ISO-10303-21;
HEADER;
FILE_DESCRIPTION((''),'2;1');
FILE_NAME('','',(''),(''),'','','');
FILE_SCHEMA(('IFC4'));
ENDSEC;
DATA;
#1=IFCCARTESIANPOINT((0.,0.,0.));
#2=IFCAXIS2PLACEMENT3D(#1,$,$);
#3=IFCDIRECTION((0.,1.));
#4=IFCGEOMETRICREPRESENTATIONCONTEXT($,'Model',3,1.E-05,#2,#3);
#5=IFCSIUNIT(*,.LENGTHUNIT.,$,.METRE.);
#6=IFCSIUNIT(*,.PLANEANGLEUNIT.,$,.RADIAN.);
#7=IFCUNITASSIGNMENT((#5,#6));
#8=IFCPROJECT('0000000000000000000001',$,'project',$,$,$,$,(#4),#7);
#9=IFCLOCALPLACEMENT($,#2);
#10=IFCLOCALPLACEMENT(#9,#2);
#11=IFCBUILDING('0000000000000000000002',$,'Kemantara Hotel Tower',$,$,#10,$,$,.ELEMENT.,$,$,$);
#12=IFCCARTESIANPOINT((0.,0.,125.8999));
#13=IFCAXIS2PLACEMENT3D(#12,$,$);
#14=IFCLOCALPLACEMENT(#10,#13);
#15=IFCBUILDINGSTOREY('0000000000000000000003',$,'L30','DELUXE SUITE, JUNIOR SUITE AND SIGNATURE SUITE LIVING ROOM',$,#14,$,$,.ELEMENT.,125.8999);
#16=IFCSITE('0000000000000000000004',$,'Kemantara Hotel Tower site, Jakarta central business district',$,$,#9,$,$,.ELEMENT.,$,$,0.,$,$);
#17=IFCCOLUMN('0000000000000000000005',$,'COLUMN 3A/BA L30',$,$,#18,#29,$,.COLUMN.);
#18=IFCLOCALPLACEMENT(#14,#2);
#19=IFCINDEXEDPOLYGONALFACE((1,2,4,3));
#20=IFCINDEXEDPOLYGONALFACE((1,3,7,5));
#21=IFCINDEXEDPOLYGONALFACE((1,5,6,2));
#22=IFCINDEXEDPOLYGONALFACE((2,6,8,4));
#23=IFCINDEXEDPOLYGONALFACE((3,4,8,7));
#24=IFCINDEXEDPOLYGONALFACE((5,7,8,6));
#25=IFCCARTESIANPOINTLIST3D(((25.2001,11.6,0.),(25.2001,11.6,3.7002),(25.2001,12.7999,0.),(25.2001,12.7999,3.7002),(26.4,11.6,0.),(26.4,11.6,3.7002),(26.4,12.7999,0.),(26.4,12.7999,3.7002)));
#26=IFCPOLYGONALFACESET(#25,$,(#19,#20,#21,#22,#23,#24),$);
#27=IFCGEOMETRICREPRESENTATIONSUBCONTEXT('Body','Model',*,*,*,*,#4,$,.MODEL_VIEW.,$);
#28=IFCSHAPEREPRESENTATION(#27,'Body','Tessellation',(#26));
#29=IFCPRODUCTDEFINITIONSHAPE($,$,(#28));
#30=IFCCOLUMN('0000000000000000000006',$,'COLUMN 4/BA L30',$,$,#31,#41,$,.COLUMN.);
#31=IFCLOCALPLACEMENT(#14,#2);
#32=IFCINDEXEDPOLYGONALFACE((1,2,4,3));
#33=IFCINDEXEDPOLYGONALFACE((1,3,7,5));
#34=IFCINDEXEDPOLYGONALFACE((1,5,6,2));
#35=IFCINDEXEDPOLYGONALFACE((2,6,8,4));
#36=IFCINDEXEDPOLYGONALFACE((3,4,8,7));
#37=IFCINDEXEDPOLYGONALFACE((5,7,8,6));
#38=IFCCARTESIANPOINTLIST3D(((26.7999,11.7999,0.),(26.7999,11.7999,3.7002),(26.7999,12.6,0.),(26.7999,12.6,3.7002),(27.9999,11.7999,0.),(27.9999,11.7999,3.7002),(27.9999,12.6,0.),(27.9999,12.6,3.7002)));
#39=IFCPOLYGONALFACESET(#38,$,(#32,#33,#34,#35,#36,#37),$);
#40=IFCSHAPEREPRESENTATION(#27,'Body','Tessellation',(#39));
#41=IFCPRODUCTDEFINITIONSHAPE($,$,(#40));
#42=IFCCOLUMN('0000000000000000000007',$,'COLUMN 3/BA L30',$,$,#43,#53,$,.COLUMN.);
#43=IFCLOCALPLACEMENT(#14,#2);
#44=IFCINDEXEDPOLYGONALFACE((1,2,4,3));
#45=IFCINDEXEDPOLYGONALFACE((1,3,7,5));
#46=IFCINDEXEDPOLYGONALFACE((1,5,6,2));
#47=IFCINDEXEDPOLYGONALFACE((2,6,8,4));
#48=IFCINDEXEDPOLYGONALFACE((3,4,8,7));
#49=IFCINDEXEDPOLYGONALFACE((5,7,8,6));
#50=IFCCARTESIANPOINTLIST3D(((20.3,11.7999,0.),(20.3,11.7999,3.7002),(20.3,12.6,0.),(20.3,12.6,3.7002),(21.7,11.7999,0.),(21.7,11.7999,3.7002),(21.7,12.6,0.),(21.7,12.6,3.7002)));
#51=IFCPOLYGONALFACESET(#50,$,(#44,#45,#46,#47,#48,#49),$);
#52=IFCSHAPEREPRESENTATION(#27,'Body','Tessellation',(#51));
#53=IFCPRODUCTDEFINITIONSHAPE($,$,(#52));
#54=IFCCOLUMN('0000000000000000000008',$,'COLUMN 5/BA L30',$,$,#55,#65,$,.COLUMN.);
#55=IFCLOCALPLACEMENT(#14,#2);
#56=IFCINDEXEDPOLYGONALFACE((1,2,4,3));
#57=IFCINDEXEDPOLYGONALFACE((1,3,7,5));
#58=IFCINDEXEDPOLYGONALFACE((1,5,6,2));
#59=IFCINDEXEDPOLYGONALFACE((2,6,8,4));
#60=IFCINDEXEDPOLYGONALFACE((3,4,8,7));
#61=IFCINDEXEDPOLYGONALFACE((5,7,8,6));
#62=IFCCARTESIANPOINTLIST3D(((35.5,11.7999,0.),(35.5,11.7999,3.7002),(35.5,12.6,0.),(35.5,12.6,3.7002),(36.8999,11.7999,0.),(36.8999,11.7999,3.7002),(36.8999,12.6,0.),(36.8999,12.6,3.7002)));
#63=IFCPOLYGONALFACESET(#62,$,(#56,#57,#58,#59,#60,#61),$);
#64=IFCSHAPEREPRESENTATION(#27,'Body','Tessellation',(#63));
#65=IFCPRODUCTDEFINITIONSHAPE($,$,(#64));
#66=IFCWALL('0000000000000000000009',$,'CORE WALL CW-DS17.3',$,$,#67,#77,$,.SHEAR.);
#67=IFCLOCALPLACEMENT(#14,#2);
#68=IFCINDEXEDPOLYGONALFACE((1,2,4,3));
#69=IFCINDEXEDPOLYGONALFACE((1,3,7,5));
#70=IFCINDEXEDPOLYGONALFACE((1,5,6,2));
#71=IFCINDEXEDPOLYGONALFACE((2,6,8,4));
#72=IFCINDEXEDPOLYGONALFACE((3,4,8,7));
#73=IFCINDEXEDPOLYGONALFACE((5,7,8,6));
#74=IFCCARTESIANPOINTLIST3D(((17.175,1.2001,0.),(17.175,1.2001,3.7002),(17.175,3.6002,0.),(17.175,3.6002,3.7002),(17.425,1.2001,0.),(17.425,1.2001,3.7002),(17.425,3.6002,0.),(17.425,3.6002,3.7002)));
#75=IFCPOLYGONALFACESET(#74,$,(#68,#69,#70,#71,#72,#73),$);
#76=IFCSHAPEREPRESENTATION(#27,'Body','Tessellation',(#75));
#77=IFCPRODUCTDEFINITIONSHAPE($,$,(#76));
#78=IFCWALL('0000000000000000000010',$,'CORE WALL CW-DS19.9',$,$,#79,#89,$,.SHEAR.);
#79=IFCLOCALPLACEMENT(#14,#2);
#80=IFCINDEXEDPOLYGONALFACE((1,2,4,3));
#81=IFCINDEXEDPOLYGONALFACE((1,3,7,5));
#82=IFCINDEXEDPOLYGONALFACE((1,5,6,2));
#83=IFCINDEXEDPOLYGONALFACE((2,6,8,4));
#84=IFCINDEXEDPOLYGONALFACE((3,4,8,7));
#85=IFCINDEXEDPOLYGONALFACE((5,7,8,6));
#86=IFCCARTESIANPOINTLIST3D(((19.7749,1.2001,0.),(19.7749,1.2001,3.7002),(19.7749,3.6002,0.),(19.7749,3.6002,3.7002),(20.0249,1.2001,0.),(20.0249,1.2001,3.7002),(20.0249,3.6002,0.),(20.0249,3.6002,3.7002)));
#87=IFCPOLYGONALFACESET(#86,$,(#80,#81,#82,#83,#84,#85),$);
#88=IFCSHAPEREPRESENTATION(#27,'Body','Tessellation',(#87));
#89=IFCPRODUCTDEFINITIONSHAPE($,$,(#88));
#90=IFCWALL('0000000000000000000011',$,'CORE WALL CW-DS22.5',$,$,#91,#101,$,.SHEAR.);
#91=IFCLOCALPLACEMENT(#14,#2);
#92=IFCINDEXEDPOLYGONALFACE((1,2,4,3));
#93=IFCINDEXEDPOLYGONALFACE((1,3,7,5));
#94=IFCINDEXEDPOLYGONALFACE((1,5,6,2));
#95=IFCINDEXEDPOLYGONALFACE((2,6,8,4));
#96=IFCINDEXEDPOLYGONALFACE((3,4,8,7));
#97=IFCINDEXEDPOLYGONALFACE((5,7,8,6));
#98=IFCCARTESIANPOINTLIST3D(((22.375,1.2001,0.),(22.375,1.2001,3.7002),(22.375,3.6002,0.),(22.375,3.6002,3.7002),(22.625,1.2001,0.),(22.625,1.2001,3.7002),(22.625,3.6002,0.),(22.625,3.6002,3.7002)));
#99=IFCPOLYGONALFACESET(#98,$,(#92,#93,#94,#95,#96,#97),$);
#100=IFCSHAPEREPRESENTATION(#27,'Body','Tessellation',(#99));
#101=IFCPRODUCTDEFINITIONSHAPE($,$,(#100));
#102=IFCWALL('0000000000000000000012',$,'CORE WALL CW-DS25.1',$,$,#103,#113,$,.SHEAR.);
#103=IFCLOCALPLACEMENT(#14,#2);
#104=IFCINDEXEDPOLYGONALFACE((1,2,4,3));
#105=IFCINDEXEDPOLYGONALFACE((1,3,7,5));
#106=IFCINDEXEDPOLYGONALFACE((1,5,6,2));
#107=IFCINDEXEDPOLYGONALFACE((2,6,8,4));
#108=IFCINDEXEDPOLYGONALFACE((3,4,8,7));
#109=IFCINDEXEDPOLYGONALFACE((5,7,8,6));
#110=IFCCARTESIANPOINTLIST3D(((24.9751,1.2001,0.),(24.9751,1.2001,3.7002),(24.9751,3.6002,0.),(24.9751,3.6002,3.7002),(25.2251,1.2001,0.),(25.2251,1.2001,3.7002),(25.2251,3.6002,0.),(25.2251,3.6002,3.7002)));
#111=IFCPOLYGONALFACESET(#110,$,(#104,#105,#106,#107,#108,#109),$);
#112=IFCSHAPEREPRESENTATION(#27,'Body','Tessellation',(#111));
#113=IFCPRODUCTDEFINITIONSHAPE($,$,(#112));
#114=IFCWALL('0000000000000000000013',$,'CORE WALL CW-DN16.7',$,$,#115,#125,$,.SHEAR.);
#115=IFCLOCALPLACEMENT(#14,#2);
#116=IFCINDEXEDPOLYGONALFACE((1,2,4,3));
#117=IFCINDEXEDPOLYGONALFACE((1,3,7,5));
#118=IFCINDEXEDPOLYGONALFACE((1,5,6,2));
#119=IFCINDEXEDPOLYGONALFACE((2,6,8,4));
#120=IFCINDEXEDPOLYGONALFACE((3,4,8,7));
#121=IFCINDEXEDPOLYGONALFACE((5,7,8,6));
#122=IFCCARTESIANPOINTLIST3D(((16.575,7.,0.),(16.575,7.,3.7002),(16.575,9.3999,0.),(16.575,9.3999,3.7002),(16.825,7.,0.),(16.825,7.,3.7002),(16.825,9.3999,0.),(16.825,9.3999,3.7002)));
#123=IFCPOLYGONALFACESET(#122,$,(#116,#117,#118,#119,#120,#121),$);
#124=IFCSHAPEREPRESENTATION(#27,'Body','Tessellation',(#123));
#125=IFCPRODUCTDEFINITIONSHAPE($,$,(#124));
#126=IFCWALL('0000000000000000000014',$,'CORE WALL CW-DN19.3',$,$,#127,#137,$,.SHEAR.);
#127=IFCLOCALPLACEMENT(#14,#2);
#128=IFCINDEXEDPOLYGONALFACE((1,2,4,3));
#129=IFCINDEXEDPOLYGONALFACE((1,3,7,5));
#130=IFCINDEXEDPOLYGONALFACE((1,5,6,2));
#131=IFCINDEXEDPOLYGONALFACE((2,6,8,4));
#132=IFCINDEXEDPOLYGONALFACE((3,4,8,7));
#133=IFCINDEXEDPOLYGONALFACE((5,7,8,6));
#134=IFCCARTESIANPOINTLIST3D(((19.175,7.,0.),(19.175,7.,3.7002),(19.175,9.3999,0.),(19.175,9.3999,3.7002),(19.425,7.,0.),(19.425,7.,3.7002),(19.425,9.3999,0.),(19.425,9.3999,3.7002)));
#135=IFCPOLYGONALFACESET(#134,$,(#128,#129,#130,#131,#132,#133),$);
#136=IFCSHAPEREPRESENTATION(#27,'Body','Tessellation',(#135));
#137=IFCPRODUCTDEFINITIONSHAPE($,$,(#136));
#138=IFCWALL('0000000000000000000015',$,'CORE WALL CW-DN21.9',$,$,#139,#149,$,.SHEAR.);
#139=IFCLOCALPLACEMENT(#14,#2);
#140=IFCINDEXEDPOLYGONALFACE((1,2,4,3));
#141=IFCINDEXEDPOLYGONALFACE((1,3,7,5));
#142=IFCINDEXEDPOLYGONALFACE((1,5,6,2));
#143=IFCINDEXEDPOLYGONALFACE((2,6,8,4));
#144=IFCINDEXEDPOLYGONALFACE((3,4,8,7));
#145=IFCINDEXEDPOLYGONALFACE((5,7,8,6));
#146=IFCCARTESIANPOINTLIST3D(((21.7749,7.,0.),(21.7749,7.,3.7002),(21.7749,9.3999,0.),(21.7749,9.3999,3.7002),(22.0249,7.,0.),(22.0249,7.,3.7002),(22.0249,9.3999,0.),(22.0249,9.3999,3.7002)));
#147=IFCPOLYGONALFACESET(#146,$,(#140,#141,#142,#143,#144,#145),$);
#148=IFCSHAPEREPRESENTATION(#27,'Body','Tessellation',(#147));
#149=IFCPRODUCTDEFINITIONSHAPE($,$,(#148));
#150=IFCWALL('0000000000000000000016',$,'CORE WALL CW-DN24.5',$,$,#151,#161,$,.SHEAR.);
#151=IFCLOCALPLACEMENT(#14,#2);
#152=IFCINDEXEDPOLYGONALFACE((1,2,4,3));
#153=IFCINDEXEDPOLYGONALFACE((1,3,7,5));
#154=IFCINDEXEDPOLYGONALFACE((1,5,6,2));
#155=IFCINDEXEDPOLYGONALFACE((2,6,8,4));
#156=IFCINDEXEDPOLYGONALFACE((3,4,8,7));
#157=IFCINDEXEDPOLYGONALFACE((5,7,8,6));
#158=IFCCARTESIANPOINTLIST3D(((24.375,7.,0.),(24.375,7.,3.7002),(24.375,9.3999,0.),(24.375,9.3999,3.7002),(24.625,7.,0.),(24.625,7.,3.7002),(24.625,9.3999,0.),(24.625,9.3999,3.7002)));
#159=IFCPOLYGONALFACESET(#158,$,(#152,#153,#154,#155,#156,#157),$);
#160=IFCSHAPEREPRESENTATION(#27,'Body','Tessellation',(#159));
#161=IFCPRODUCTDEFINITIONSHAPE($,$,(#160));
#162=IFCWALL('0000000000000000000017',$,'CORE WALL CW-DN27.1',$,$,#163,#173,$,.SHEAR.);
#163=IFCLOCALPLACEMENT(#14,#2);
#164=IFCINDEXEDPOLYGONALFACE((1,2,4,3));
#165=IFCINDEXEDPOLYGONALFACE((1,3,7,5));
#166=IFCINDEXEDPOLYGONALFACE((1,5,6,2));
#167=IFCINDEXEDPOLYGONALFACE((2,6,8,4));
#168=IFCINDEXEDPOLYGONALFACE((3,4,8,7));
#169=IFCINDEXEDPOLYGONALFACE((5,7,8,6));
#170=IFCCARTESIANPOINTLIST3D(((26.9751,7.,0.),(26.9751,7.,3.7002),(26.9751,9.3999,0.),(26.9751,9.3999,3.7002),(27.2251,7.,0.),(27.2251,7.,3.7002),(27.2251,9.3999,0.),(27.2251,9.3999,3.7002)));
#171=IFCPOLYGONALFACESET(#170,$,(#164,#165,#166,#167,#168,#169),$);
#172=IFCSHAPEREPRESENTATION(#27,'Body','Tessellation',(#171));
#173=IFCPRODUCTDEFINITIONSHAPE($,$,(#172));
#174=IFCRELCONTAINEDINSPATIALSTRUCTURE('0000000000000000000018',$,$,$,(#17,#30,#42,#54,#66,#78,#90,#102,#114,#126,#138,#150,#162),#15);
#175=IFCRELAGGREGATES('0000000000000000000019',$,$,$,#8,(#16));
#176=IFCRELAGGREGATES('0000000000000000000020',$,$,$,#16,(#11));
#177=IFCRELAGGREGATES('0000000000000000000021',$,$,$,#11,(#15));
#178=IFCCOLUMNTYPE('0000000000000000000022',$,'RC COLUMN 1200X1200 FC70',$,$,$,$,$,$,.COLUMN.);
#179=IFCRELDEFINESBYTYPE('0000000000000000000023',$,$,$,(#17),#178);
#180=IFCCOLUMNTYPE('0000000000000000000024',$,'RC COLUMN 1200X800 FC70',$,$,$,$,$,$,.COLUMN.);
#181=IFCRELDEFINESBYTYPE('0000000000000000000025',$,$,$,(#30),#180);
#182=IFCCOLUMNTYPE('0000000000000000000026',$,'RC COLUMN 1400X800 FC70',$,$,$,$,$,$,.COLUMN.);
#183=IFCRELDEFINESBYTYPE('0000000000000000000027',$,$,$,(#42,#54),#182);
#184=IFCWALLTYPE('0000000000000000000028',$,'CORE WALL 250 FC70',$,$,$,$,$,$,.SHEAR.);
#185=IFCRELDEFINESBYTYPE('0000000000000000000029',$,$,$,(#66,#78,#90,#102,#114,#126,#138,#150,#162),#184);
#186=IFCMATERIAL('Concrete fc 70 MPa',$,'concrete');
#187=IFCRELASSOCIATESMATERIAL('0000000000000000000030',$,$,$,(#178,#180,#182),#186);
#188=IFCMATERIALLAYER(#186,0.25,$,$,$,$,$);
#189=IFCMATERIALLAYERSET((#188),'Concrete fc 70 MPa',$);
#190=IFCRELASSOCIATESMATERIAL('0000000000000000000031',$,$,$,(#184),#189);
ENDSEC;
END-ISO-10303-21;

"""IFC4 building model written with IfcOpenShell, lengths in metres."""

from ifc_helpers import new_model, si_unit, direction, frame, frame_2d, origin, origin_2d, place, context, subcontext, project, spatial, rectangle, extrude, material, layer, layer_set, material_profile, profile_set, type_object, element, save


model = new_model("IFC4")

# Units and contexts
model_context = context("Model", 3, precision=1e-05, world=origin(), true_north=direction((0.0, 1.0)))
body_context = subcontext(model_context, "Body", "Model", "MODEL_VIEW")
ifc_project = project(units=[si_unit("LENGTHUNIT", "METRE"), si_unit("PLANEANGLEUNIT", "RADIAN")], contexts=[model_context])

# Site, building, storey
site_placement = place(None, origin())
site = spatial("IfcSite", under=ifc_project, at=site_placement, Name="Kemantara Hotel Tower site, Jakarta central business district", CompositionType="ELEMENT", RefElevation=0.0)
building_placement = place(site_placement, origin())
building = spatial("IfcBuilding", under=site, at=building_placement, Name="Kemantara Hotel Tower", CompositionType="ELEMENT")
storey_placement = place(building_placement, frame((0.0, 0.0, 125.8999)))
storey = spatial("IfcBuildingStorey", under=building, at=storey_placement, Name="L30", Description="DELUXE SUITE, JUNIOR SUITE AND SIGNATURE SUITE LIVING ROOM", CompositionType="ELEMENT", Elevation=125.8999)

# Columns
ifc_material_1 = material(Name="Concrete fc 70 MPa", Category="concrete")
ifc_material_profile_1 = material_profile(ifc_material_1, rectangle(XDim=1.2, YDim=1.2, at=origin_2d()), Name="RC 1200X1200")
ifc_profile_set_1 = profile_set([ifc_material_profile_1], Name="Concrete fc 70 MPa")
column_type_1 = type_object("IfcColumnType", Name="RC COLUMN 1200X1200 FC70", PredefinedType="COLUMN", material=ifc_profile_set_1)
column_1_placement = place(storey_placement, frame((25.8, 12.2, 0.0), z_axis=(0.0, 0.0, 1.0), x_axis=(1.0, 0.0, 0.0)))
element("IfcColumn", 1, at=column_1_placement, inside=storey, type_object=column_type_1, Name="COLUMN 3A/BA L30", PredefinedType="COLUMN", context=body_context, shape_type="SweptSolid", body=[
    extrude(rectangle(XDim=1.2, YDim=1.2, at=origin_2d()), origin(), (0.0, 0.0, 1.0), 3.7002),
])
ifc_material_profile_2 = material_profile(ifc_material_1, rectangle(XDim=1.2, YDim=0.8, at=origin_2d()), Name="RC 1200X800")
ifc_profile_set_2 = profile_set([ifc_material_profile_2], Name="Concrete fc 70 MPa")
column_type_2 = type_object("IfcColumnType", Name="RC COLUMN 1200X800 FC70", PredefinedType="COLUMN", material=ifc_profile_set_2)
column_2_placement = place(storey_placement, frame((27.3999, 12.2, 0.0), z_axis=(0.0, 0.0, 1.0), x_axis=(1.0, 0.0, 0.0)))
element("IfcColumn", 2, at=column_2_placement, inside=storey, type_object=column_type_2, Name="COLUMN 4/BA L30", PredefinedType="COLUMN", context=body_context, shape_type="SweptSolid", body=[
    extrude(rectangle(XDim=1.2, YDim=0.8, at=origin_2d()), origin(), (0.0, 0.0, 1.0), 3.7002),
])
ifc_material_profile_3 = material_profile(ifc_material_1, rectangle(XDim=1.3999, YDim=0.8, at=origin_2d()), Name="RC 1400X800")
ifc_profile_set_3 = profile_set([ifc_material_profile_3], Name="Concrete fc 70 MPa")
column_type_3 = type_object("IfcColumnType", Name="RC COLUMN 1400X800 FC70", PredefinedType="COLUMN", material=ifc_profile_set_3)
for number, where, z_axis, x_axis, name in (
    (3, (21.0, 12.2, 0.0), (0.0, 0.0, 1.0), (1.0, 0.0, 0.0), "COLUMN 3/BA L30"),
    (4, (36.2, 12.2, 0.0), (0.0, 0.0, 1.0), (1.0, 0.0, 0.0), "COLUMN 5/BA L30"),
):
    element("IfcColumn", number, at=place(storey_placement, frame(where, z_axis=z_axis, x_axis=x_axis)), inside=storey, type_object=column_type_3, Name=name, PredefinedType="COLUMN", context=body_context, shape_type="SweptSolid", body=[
        extrude(rectangle(XDim=1.3999, YDim=0.8, at=origin_2d()), origin(), (0.0, 0.0, 1.0), 3.7002),
    ])

# Walls
ifc_layer_1 = layer(ifc_material_1, 0.25)
ifc_layer_set_1 = layer_set([ifc_layer_1], Name="Concrete fc 70 MPa")
wall_type_1 = type_object("IfcWallType", Name="CORE WALL 250 FC70", PredefinedType="SHEAR", material=ifc_layer_set_1)
for number, where, z_axis, x_axis, name in (
    (5, (17.3, 1.2, 0.0), (0.0, 0.0, 1.0), (0.0, 1.0, 0.0), "CORE WALL CW-DS17.3"),
    (6, (19.8999, 1.2, 0.0), (0.0, 0.0, 1.0), (0.0, 1.0, 0.0), "CORE WALL CW-DS19.9"),
    (7, (22.5, 1.2, 0.0), (0.0, 0.0, 1.0), (0.0, 1.0, 0.0), "CORE WALL CW-DS22.5"),
    (8, (25.1001, 1.2, 0.0), (0.0, 0.0, 1.0), (0.0, 1.0, 0.0), "CORE WALL CW-DS25.1"),
):
    element("IfcWall", number, at=place(storey_placement, frame(where, z_axis=z_axis, x_axis=x_axis)), inside=storey, type_object=wall_type_1, Name=name, PredefinedType="SHEAR", context=body_context, shape_type="SweptSolid", body=[
        extrude(rectangle(XDim=2.4001, YDim=0.25, at=frame_2d((1.2002, 0.0))), origin(), (0.0, 0.0, 1.0), 3.7002),
    ])
for number, where, z_axis, x_axis, name in (
    (9, (16.7, 7.0, 0.0), (0.0, 0.0, 1.0), (0.0, 1.0, 0.0), "CORE WALL CW-DN16.7"),
    (10, (19.3, 7.0, 0.0), (0.0, 0.0, 1.0), (0.0, 1.0, 0.0), "CORE WALL CW-DN19.3"),
    (11, (21.8999, 7.0, 0.0), (0.0, 0.0, 1.0), (0.0, 1.0, 0.0), "CORE WALL CW-DN21.9"),
    (12, (24.5, 7.0, 0.0), (0.0, 0.0, 1.0), (0.0, 1.0, 0.0), "CORE WALL CW-DN24.5"),
    (13, (27.1001, 7.0, 0.0), (0.0, 0.0, 1.0), (0.0, 1.0, 0.0), "CORE WALL CW-DN27.1"),
):
    element("IfcWall", number, at=place(storey_placement, frame(where, z_axis=z_axis, x_axis=x_axis)), inside=storey, type_object=wall_type_1, Name=name, PredefinedType="SHEAR", context=body_context, shape_type="SweptSolid", body=[
        extrude(rectangle(XDim=2.3999, YDim=0.25, at=frame_2d((1.2, 0.0))), origin(), (0.0, 0.0, 1.0), 3.7002),
    ])

save(model, "model.ifc")
